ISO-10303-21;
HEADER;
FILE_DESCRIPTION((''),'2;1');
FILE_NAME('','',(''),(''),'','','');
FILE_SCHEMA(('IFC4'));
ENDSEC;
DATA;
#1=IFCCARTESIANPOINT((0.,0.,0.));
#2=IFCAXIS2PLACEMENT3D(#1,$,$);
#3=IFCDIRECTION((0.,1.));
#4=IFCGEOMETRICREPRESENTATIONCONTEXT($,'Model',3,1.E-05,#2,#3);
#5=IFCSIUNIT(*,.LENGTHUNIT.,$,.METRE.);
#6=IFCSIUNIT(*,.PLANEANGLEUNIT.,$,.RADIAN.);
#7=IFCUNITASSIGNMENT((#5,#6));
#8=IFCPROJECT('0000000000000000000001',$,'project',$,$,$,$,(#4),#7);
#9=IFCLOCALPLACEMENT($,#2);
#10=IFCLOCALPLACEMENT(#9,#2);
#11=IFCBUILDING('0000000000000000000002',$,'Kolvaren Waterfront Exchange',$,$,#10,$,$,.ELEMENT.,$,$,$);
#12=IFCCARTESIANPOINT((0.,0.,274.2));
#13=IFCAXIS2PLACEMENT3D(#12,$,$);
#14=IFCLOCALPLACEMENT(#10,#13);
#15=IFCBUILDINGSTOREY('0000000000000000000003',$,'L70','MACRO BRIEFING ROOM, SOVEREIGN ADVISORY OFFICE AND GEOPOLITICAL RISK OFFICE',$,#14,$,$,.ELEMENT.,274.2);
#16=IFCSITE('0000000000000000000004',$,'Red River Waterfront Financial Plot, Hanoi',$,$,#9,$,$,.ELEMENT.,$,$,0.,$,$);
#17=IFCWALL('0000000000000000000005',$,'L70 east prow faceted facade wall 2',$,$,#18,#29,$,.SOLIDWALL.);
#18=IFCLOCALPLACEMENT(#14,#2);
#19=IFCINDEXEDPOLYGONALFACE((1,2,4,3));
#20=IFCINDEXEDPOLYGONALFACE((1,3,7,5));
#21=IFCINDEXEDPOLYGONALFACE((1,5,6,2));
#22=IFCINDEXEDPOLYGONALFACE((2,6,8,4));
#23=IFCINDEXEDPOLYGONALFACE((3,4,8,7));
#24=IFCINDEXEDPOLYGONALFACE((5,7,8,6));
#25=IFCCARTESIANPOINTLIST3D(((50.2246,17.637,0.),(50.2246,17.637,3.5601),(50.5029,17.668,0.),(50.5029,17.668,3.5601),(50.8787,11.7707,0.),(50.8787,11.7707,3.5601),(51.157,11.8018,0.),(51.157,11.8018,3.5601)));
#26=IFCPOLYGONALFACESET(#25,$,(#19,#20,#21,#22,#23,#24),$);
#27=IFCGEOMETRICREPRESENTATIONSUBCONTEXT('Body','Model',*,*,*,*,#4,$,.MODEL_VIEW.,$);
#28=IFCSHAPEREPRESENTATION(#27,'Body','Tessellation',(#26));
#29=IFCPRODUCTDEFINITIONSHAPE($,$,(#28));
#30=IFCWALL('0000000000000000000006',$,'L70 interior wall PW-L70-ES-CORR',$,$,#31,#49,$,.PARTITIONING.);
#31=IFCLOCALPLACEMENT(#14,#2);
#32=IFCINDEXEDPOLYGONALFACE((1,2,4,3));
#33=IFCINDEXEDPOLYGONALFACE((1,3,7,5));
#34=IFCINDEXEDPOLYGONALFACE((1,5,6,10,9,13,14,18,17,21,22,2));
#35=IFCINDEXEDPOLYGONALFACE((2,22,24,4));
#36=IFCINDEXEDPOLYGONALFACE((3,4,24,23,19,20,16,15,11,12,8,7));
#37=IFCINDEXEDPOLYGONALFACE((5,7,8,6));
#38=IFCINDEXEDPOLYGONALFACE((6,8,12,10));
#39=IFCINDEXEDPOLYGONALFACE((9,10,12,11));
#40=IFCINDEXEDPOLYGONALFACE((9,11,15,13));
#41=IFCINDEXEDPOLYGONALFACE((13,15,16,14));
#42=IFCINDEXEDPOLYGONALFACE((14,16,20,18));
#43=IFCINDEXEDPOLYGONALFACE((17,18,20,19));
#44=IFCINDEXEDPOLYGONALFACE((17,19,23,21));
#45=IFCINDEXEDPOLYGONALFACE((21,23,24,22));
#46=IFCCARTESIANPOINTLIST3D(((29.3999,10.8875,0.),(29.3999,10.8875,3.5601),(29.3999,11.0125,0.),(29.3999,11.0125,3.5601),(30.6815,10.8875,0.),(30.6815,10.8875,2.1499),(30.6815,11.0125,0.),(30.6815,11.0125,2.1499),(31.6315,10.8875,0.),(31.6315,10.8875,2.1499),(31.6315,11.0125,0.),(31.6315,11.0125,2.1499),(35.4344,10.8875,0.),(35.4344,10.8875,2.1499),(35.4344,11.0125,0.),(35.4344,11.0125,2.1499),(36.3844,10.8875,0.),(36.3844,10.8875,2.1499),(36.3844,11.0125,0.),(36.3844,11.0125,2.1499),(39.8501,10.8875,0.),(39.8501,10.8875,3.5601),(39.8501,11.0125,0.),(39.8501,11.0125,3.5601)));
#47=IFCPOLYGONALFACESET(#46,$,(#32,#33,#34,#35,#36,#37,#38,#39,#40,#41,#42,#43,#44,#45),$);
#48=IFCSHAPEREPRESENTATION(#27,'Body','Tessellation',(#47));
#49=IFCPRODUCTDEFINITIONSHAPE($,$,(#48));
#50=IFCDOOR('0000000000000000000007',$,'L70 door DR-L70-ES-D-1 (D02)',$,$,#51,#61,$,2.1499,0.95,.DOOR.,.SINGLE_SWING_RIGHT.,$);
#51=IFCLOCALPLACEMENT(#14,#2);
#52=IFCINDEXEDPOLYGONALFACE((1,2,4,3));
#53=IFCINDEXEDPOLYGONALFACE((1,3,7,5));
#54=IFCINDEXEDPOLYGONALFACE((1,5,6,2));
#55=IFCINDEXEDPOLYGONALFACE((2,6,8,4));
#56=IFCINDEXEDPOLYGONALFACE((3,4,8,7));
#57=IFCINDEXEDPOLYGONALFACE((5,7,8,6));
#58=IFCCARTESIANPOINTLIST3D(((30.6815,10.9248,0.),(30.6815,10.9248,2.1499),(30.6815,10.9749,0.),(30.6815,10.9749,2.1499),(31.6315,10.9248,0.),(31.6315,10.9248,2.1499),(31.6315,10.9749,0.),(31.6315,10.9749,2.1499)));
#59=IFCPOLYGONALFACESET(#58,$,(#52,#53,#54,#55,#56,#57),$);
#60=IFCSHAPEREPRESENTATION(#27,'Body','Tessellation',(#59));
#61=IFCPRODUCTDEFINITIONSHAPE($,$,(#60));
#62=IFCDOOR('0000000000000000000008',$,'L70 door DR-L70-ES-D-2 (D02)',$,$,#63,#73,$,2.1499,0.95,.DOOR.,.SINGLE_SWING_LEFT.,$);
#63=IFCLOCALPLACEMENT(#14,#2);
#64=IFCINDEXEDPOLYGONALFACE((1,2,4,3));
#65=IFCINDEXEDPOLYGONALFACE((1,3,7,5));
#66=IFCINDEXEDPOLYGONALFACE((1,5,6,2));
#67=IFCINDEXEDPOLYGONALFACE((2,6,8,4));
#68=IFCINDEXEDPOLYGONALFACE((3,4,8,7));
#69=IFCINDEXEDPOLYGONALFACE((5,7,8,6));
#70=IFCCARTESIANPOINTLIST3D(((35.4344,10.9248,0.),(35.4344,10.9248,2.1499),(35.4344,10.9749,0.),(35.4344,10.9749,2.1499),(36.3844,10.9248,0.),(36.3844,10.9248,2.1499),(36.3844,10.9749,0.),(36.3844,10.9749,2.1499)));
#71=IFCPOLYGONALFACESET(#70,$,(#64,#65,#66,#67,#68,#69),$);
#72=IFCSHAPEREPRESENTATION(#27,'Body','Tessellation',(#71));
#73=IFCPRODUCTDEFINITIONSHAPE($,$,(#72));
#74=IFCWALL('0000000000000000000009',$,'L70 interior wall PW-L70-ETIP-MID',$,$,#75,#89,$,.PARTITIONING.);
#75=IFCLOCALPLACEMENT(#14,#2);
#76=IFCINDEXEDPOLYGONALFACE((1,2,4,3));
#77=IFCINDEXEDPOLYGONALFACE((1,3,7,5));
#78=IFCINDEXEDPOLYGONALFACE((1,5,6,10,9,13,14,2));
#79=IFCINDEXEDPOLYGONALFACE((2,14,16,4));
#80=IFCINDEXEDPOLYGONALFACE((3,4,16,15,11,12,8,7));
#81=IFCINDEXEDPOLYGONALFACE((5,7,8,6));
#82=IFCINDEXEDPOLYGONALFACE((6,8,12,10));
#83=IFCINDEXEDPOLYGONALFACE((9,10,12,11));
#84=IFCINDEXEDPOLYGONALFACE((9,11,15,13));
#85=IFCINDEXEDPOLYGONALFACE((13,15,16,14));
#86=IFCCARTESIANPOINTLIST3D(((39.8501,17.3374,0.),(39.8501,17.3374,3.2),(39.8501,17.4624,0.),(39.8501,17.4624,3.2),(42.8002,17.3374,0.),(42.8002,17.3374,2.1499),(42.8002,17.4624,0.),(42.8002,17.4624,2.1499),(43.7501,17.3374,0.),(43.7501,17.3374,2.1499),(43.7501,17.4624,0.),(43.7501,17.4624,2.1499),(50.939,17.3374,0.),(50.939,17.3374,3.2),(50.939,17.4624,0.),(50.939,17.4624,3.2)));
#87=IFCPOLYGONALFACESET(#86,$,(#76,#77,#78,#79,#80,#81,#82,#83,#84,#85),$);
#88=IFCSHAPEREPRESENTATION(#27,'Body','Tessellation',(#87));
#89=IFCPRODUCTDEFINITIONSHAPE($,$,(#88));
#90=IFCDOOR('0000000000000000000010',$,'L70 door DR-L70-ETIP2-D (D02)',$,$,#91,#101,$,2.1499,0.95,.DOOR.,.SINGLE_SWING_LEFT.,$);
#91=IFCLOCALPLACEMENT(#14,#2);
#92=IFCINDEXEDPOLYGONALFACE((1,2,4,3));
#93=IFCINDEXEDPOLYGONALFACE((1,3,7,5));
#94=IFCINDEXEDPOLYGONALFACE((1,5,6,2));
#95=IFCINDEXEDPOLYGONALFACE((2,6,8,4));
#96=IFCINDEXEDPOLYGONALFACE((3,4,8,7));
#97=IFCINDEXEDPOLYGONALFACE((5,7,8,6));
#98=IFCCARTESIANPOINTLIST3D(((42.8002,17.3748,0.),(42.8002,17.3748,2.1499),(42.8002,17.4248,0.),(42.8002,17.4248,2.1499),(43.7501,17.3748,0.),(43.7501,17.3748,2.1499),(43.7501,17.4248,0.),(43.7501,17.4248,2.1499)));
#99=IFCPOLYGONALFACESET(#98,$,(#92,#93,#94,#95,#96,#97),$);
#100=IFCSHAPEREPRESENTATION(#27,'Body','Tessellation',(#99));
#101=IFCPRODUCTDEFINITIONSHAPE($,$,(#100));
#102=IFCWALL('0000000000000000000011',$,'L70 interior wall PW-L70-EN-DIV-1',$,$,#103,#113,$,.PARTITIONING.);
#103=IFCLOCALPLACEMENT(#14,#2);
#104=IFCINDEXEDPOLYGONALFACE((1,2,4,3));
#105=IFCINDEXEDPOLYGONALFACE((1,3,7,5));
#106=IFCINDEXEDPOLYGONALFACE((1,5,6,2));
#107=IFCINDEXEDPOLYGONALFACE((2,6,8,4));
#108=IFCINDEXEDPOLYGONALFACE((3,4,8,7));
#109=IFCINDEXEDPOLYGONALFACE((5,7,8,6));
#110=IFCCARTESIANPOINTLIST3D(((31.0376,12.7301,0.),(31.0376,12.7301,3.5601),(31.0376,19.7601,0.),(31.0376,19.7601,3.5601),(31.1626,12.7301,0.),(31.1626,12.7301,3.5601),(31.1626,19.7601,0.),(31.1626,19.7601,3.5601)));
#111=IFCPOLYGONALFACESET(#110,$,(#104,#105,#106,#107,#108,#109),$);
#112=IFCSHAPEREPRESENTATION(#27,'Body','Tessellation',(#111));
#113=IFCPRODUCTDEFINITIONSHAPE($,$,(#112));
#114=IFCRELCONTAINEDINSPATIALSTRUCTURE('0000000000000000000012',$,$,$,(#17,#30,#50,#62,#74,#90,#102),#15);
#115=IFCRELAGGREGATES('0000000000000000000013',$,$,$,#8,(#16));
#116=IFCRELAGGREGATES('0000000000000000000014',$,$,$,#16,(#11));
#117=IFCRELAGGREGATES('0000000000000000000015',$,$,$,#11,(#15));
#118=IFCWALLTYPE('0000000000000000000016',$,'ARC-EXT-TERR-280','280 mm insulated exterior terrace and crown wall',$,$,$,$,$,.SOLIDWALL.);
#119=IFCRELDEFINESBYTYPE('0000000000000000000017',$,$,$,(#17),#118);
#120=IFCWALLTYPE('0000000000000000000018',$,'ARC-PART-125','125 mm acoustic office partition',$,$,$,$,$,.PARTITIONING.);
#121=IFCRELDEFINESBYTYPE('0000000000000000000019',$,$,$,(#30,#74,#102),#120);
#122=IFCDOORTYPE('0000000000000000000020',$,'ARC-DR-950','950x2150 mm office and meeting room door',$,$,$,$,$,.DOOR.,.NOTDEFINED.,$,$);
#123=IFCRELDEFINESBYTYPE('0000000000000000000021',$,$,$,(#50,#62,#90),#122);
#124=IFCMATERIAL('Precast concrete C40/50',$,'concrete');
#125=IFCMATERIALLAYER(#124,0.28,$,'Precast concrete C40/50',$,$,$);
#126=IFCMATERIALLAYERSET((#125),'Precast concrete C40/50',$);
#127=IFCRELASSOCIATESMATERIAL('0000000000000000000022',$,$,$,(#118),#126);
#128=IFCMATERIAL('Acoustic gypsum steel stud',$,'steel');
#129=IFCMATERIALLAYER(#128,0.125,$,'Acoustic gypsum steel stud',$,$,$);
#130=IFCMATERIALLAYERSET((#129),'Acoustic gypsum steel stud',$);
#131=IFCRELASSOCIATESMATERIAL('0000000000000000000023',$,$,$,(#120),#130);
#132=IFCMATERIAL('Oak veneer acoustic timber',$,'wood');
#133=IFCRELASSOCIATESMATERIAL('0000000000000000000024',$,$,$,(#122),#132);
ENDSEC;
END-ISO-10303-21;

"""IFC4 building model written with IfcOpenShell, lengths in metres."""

from ifc_helpers import new_model, si_unit, direction, frame, frame_2d, origin, place, context, subcontext, project, spatial, rectangle, extrude, material, layer, layer_set, type_object, element, fill, save


model = new_model("IFC4")

# Units and contexts
model_context = context("Model", 3, precision=1e-05, world=origin(), true_north=direction((0.0, 1.0)))
body_context = subcontext(model_context, "Body", "Model", "MODEL_VIEW")
ifc_project = project(units=[si_unit("LENGTHUNIT", "METRE"), si_unit("PLANEANGLEUNIT", "RADIAN")], contexts=[model_context])

# Site, building, storey
site_placement = place(None, origin())
site = spatial("IfcSite", under=ifc_project, at=site_placement, Name="Red River Waterfront Financial Plot, Hanoi", CompositionType="ELEMENT", RefElevation=0.0)
building_placement = place(site_placement, origin())
building = spatial("IfcBuilding", under=site, at=building_placement, Name="Kolvaren Waterfront Exchange", CompositionType="ELEMENT")
storey_placement = place(building_placement, frame((0.0, 0.0, 274.2)))
storey = spatial("IfcBuildingStorey", under=building, at=storey_placement, Name="L70", Description="MACRO BRIEFING ROOM, SOVEREIGN ADVISORY OFFICE AND GEOPOLITICAL RISK OFFICE", CompositionType="ELEMENT", Elevation=274.2)

# Wall
ifc_material_1 = material(Name="Precast concrete C40/50", Category="concrete")
ifc_layer_1 = layer(ifc_material_1, 0.28, Name="Precast concrete C40/50")
ifc_layer_set_1 = layer_set([ifc_layer_1], Name="Precast concrete C40/50")
wall_type_1 = type_object("IfcWallType", Name="ARC-EXT-TERR-280", Description="280 mm insulated exterior terrace and crown wall", PredefinedType="SOLIDWALL", material=ifc_layer_set_1)
wall_1_placement = place(storey_placement, frame((51.0178, 11.7864, 0.0), z_axis=(0.0, 0.0, 1.0), x_axis=(-0.110808, 0.993842, 0.0)))
element("IfcWall", 1, at=wall_1_placement, inside=storey, type_object=wall_type_1, Name="L70 east prow faceted facade wall 2", PredefinedType="SOLIDWALL", context=body_context, shape_type="SweptSolid", body=[
    extrude(rectangle(XDim=5.9026, YDim=0.28, at=frame_2d((2.9512, 0.0))), origin(), (0.0, 0.0, 1.0), 3.5601),
])

# Wall, openings, doors
ifc_material_2 = material(Name="Acoustic gypsum steel stud", Category="steel")
ifc_layer_2 = layer(ifc_material_2, 0.125, Name="Acoustic gypsum steel stud")
ifc_layer_set_2 = layer_set([ifc_layer_2], Name="Acoustic gypsum steel stud")
wall_type_2 = type_object("IfcWallType", Name="ARC-PART-125", Description="125 mm acoustic office partition", PredefinedType="PARTITIONING", material=ifc_layer_set_2)
wall_2_placement = place(storey_placement, frame((29.3999, 10.95, 0.0), z_axis=(0.0, 0.0, 1.0), x_axis=(1.0, 0.0, 0.0)))
wall_2 = element("IfcWall", 2, at=wall_2_placement, inside=storey, type_object=wall_type_2, Name="L70 interior wall PW-L70-ES-CORR", PredefinedType="PARTITIONING", context=body_context, shape_type="SweptSolid", body=[
    extrude(rectangle(XDim=10.4502, YDim=0.125, at=frame_2d((5.2251, 0.0))), origin(), (0.0, 0.0, 1.0), 3.5601),
])
opening_1_placement = place(wall_2_placement, frame((1.2815, 0.0, 0.0)))
opening_1 = element("IfcOpeningElement", 3, at=opening_1_placement, cuts=wall_2, PredefinedType="OPENING", context=body_context, shape_type="SweptSolid", body=[
    extrude(rectangle(XDim=0.95, YDim=2.1499, at=frame_2d((0.4751, 1.075))), frame((0.0, 0.0725, 0.0), z_axis=(0.0, -1.0, 0.0), x_axis=(1.0, 0.0, 0.0)), (0.0, 0.0, 1.0), 0.145),
])
opening_2_placement = place(wall_2_placement, frame((6.0344, 0.0, 0.0)))
opening_2 = element("IfcOpeningElement", 4, at=opening_2_placement, cuts=wall_2, PredefinedType="OPENING", context=body_context, shape_type="SweptSolid", body=[
    extrude(rectangle(XDim=0.95, YDim=2.1499, at=frame_2d((0.4751, 1.075))), frame((0.0, 0.0725, 0.0), z_axis=(0.0, -1.0, 0.0), x_axis=(1.0, 0.0, 0.0)), (0.0, 0.0, 1.0), 0.145),
])
ifc_material_3 = material(Name="Oak veneer acoustic timber", Category="wood")
door_type = type_object("IfcDoorType", Name="ARC-DR-950", Description="950x2150 mm office and meeting room door", OperationType="NOTDEFINED", PredefinedType="DOOR", material=ifc_material_3)
door_1_placement = place(opening_1_placement, origin())
door_1 = element("IfcDoor", 5, at=door_1_placement, inside=storey, type_object=door_type, Name="L70 door DR-L70-ES-D-1 (D02)", OperationType="SINGLE_SWING_RIGHT", OverallHeight=2.1499, OverallWidth=0.95, PredefinedType="DOOR", context=body_context, shape_type="SweptSolid", body=[
    extrude(rectangle(XDim=0.95, YDim=2.1499, at=frame_2d((0.4751, 1.075))), frame((0.0, 0.0249, 0.0), z_axis=(0.0, -1.0, 0.0), x_axis=(1.0, 0.0, 0.0)), (0.0, 0.0, 1.0), 0.05),
])
fill(opening_1, door_1)
door_2_placement = place(opening_2_placement, origin())
door_2 = element("IfcDoor", 6, at=door_2_placement, inside=storey, type_object=door_type, Name="L70 door DR-L70-ES-D-2 (D02)", OperationType="SINGLE_SWING_LEFT", OverallHeight=2.1499, OverallWidth=0.95, PredefinedType="DOOR", context=body_context, shape_type="SweptSolid", body=[
    extrude(rectangle(XDim=0.95, YDim=2.1499, at=frame_2d((0.4751, 1.075))), frame((0.0, 0.0249, 0.0), z_axis=(0.0, -1.0, 0.0), x_axis=(1.0, 0.0, 0.0)), (0.0, 0.0, 1.0), 0.05),
])
fill(opening_2, door_2)

# Wall, opening, door
wall_3_placement = place(storey_placement, frame((39.8501, 17.3999, 0.0), z_axis=(0.0, 0.0, 1.0), x_axis=(1.0, 0.0, 0.0)))
wall_3 = element("IfcWall", 7, at=wall_3_placement, inside=storey, type_object=wall_type_2, Name="L70 interior wall PW-L70-ETIP-MID", PredefinedType="PARTITIONING", context=body_context, shape_type="SweptSolid", body=[
    extrude(rectangle(XDim=11.0889, YDim=0.125, at=frame_2d((5.5444, 0.0))), origin(), (0.0, 0.0, 1.0), 3.2),
])
opening_3_placement = place(wall_3_placement, frame((2.95, 0.0, 0.0)))
opening_3 = element("IfcOpeningElement", 8, at=opening_3_placement, cuts=wall_3, PredefinedType="OPENING", context=body_context, shape_type="SweptSolid", body=[
    extrude(rectangle(XDim=0.95, YDim=2.1499, at=frame_2d((0.4751, 1.075))), frame((0.0, 0.0725, 0.0), z_axis=(0.0, -1.0, 0.0), x_axis=(1.0, 0.0, 0.0)), (0.0, 0.0, 1.0), 0.145),
])
door_3_placement = place(opening_3_placement, origin())
door_3 = element("IfcDoor", 9, at=door_3_placement, inside=storey, type_object=door_type, Name="L70 door DR-L70-ETIP2-D (D02)", OperationType="SINGLE_SWING_LEFT", OverallHeight=2.1499, OverallWidth=0.95, PredefinedType="DOOR", context=body_context, shape_type="SweptSolid", body=[
    extrude(rectangle(XDim=0.95, YDim=2.1499, at=frame_2d((0.4751, 1.075))), frame((0.0, 0.0249, 0.0), z_axis=(0.0, -1.0, 0.0), x_axis=(1.0, 0.0, 0.0)), (0.0, 0.0, 1.0), 0.05),
])
fill(opening_3, door_3)

# Wall
wall_4_placement = place(storey_placement, frame((31.1001, 12.73, 0.0), z_axis=(0.0, 0.0, 1.0), x_axis=(0.0, 1.0, 0.0)))
element("IfcWall", 10, at=wall_4_placement, inside=storey, type_object=wall_type_2, Name="L70 interior wall PW-L70-EN-DIV-1", PredefinedType="PARTITIONING", context=body_context, shape_type="SweptSolid", body=[
    extrude(rectangle(XDim=7.03, YDim=0.125, at=frame_2d((3.5151, 0.0))), origin(), (0.0, 0.0, 1.0), 3.5601),
])

save(model, "model.ifc")
